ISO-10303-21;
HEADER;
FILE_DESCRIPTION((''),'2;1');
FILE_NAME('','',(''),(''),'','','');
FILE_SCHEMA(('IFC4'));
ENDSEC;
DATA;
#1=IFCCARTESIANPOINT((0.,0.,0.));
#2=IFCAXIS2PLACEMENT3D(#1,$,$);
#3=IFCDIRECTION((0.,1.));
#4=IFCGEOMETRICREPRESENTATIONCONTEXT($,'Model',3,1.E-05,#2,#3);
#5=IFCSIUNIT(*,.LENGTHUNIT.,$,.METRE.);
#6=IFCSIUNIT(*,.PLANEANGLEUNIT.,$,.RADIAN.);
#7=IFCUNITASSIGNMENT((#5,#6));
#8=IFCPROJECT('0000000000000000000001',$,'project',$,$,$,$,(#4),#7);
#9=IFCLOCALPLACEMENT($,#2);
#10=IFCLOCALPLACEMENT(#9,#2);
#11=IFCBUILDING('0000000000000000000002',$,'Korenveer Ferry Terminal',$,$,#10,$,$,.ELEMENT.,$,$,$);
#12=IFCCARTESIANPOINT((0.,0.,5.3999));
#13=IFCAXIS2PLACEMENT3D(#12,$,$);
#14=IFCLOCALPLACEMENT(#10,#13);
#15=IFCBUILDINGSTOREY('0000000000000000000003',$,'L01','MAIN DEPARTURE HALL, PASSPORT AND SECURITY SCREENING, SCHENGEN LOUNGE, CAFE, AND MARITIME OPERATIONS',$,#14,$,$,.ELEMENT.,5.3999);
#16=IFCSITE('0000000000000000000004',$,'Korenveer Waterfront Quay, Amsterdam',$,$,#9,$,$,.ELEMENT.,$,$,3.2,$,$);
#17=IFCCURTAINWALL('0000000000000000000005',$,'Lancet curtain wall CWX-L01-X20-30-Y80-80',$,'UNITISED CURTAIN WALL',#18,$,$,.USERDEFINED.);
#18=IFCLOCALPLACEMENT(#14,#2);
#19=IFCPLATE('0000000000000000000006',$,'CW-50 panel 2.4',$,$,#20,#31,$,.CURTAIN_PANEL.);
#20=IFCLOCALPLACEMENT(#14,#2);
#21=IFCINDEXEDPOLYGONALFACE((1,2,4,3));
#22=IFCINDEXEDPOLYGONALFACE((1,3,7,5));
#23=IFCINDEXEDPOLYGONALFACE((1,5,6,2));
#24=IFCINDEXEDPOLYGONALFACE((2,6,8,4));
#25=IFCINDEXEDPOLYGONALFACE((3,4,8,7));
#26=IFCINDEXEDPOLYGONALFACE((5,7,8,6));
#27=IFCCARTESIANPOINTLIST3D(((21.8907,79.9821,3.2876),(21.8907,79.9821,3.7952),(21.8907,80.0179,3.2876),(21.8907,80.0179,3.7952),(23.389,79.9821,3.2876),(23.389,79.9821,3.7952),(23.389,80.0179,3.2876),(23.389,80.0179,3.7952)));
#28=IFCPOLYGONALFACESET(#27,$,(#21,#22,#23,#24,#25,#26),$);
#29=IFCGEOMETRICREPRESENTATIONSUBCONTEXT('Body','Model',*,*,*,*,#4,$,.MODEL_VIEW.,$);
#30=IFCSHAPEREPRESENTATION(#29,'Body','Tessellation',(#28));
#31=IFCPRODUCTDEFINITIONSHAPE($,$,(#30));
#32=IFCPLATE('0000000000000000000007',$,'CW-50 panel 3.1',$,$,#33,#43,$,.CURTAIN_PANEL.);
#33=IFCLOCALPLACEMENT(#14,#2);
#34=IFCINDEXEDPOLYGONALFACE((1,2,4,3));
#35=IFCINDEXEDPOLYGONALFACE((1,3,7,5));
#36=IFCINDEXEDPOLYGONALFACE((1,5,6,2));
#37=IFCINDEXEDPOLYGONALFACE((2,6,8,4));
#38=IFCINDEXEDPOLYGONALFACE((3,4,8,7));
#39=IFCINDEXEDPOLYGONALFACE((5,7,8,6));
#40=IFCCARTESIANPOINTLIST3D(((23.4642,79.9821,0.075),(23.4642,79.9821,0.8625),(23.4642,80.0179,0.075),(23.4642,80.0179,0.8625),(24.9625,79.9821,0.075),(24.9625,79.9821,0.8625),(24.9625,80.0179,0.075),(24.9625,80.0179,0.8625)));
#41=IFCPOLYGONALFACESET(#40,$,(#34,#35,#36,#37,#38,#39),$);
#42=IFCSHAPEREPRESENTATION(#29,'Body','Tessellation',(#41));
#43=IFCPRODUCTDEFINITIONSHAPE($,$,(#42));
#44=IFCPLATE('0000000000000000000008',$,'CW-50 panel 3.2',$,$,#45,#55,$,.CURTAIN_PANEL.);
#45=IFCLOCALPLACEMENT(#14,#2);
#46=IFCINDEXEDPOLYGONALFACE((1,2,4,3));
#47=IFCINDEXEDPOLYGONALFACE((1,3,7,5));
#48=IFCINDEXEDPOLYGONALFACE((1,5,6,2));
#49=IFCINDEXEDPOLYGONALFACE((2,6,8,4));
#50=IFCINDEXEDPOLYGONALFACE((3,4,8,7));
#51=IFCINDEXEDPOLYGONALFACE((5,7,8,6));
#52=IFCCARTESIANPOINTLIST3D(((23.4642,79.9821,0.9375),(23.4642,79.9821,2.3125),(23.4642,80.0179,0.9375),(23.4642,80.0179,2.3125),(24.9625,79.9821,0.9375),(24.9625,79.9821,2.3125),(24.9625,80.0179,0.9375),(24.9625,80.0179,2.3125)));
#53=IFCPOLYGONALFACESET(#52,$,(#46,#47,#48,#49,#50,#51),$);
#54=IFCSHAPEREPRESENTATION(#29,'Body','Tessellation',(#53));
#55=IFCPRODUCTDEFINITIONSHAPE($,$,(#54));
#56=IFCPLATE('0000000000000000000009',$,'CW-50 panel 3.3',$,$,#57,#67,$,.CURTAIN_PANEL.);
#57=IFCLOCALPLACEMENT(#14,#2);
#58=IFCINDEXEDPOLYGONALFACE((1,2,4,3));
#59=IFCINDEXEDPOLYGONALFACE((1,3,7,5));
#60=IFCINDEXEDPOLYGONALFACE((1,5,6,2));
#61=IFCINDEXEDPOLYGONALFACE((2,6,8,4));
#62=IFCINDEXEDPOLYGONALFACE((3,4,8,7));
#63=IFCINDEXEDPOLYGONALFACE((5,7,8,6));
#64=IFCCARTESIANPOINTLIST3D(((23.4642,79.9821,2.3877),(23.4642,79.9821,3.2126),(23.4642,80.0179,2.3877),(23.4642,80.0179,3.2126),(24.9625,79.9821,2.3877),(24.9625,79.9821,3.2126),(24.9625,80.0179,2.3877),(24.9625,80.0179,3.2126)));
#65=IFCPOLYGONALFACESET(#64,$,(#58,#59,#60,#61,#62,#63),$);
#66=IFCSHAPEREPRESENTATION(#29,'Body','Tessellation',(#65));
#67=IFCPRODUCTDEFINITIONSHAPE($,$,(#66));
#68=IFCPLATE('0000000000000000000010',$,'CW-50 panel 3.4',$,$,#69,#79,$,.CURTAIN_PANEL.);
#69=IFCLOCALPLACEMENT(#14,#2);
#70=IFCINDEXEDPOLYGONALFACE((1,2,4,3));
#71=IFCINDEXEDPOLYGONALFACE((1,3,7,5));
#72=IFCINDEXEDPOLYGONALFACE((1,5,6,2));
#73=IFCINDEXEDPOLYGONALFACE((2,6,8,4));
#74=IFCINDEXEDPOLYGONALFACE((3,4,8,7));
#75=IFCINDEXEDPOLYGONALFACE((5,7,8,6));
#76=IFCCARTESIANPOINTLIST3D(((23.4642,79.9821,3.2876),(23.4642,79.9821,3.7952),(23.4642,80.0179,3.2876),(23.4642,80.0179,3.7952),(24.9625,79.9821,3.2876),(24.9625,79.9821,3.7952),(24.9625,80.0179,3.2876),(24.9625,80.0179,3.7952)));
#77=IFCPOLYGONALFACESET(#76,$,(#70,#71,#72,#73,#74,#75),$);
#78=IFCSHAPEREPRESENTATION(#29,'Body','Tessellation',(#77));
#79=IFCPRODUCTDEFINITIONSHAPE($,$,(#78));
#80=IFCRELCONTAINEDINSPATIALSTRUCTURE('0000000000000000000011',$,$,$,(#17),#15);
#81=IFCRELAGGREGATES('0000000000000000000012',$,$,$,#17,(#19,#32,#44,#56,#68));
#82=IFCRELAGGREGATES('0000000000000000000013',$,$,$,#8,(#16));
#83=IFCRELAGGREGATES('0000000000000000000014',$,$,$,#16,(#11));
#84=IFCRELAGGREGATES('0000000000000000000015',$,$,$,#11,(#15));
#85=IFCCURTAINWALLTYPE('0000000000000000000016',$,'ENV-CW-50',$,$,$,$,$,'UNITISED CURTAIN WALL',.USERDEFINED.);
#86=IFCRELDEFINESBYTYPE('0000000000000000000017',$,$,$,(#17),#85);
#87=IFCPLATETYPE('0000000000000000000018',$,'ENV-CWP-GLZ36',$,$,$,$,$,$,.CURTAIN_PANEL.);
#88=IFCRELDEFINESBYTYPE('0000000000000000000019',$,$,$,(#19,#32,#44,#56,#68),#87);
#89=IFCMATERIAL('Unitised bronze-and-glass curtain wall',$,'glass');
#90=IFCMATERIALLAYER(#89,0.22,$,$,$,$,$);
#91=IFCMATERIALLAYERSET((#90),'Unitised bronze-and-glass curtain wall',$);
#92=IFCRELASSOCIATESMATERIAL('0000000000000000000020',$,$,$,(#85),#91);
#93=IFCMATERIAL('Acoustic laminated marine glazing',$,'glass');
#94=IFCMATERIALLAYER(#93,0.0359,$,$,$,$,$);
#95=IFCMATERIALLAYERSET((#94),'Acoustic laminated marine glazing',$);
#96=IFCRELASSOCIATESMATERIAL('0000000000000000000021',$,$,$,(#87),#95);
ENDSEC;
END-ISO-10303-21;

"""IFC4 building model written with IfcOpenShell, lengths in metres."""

from ifc_helpers import new_model, si_unit, direction, frame, origin, origin_2d, place, context, subcontext, project, spatial, rectangle, extrude, material, layer, layer_set, type_object, element, aggregate, save


model = new_model("IFC4")

# Units and contexts
model_context = context("Model", 3, precision=1e-05, world=origin(), true_north=direction((0.0, 1.0)))
body_context = subcontext(model_context, "Body", "Model", "MODEL_VIEW")
ifc_project = project(units=[si_unit("LENGTHUNIT", "METRE"), si_unit("PLANEANGLEUNIT", "RADIAN")], contexts=[model_context])

# Site, building, storey
site_placement = place(None, origin())
site = spatial("IfcSite", under=ifc_project, at=site_placement, Name="Korenveer Waterfront Quay, Amsterdam", CompositionType="ELEMENT", RefElevation=3.2)
building_placement = place(site_placement, origin())
building = spatial("IfcBuilding", under=site, at=building_placement, Name="Korenveer Ferry Terminal", CompositionType="ELEMENT")
storey_placement = place(building_placement, frame((0.0, 0.0, 5.3999)))
storey = spatial("IfcBuildingStorey", under=building, at=storey_placement, Name="L01", Description="MAIN DEPARTURE HALL, PASSPORT AND SECURITY SCREENING, SCHENGEN LOUNGE, CAFE, AND MARITIME OPERATIONS", CompositionType="ELEMENT", Elevation=5.3999)

# Curtain wall
ifc_material_1 = material(Name="Unitised bronze-and-glass curtain wall", Category="glass")
ifc_layer_1 = layer(ifc_material_1, 0.22)
ifc_layer_set_1 = layer_set([ifc_layer_1], Name="Unitised bronze-and-glass curtain wall")
curtain_wall_type = type_object("IfcCurtainWallType", Name="ENV-CW-50", ElementType="UNITISED CURTAIN WALL", PredefinedType="USERDEFINED", material=ifc_layer_set_1)
curtain_wall_placement = place(storey_placement, frame((20.28, 80.0, 0.0)))
curtain_wall = element("IfcCurtainWall", 1, at=curtain_wall_placement, inside=storey, type_object=curtain_wall_type, Name="Lancet curtain wall CWX-L01-X20-30-Y80-80", ObjectType="UNITISED CURTAIN WALL", PredefinedType="USERDEFINED")

# Plates
ifc_material_2 = material(Name="Acoustic laminated marine glazing", Category="glass")
ifc_layer_2 = layer(ifc_material_2, 0.0359)
ifc_layer_set_2 = layer_set([ifc_layer_2], Name="Acoustic laminated marine glazing")
plate_type = type_object("IfcPlateType", Name="ENV-CWP-GLZ36", PredefinedType="CURTAIN_PANEL", material=ifc_layer_set_2)
plate_1_placement = place(storey_placement, frame((22.6399, 80.0, 3.2876), z_axis=(0.0, 0.0, 1.0), x_axis=(1.0, 0.0, 0.0)))
plate_1 = element("IfcPlate", 2, at=plate_1_placement, type_object=plate_type, Name="CW-50 panel 2.4", PredefinedType="CURTAIN_PANEL", context=body_context, shape_type="SweptSolid", body=[
    extrude(rectangle(XDim=1.4983, YDim=0.0359, at=origin_2d()), origin(), (0.0, 0.0, 1.0), 0.5076),
])
plate_2_placement = place(storey_placement, frame((24.2134, 80.0, 0.075), z_axis=(0.0, 0.0, 1.0), x_axis=(1.0, 0.0, 0.0)))
plate_2 = element("IfcPlate", 3, at=plate_2_placement, type_object=plate_type, Name="CW-50 panel 3.1", PredefinedType="CURTAIN_PANEL", context=body_context, shape_type="SweptSolid", body=[
    extrude(rectangle(XDim=1.4983, YDim=0.0359, at=origin_2d()), origin(), (0.0, 0.0, 1.0), 0.7876),
])
plate_3_placement = place(storey_placement, frame((24.2134, 80.0, 0.9375), z_axis=(0.0, 0.0, 1.0), x_axis=(1.0, 0.0, 0.0)))
plate_3 = element("IfcPlate", 4, at=plate_3_placement, type_object=plate_type, Name="CW-50 panel 3.2", PredefinedType="CURTAIN_PANEL", context=body_context, shape_type="SweptSolid", body=[
    extrude(rectangle(XDim=1.4983, YDim=0.0359, at=origin_2d()), origin(), (0.0, 0.0, 1.0), 1.375),
])
plate_4_placement = place(storey_placement, frame((24.2134, 80.0, 2.3877), z_axis=(0.0, 0.0, 1.0), x_axis=(1.0, 0.0, 0.0)))
plate_4 = element("IfcPlate", 5, at=plate_4_placement, type_object=plate_type, Name="CW-50 panel 3.3", PredefinedType="CURTAIN_PANEL", context=body_context, shape_type="SweptSolid", body=[
    extrude(rectangle(XDim=1.4983, YDim=0.0359, at=origin_2d()), origin(), (0.0, 0.0, 1.0), 0.825),
])
plate_5_placement = place(storey_placement, frame((24.2134, 80.0, 3.2876), z_axis=(0.0, 0.0, 1.0), x_axis=(1.0, 0.0, 0.0)))
plate_5 = element("IfcPlate", 6, at=plate_5_placement, type_object=plate_type, Name="CW-50 panel 3.4", PredefinedType="CURTAIN_PANEL", context=body_context, shape_type="SweptSolid", body=[
    extrude(rectangle(XDim=1.4983, YDim=0.0359, at=origin_2d()), origin(), (0.0, 0.0, 1.0), 0.5076),
])
aggregate(curtain_wall, [plate_1, plate_2, plate_3, plate_4, plate_5])

save(model, "model.ifc")
